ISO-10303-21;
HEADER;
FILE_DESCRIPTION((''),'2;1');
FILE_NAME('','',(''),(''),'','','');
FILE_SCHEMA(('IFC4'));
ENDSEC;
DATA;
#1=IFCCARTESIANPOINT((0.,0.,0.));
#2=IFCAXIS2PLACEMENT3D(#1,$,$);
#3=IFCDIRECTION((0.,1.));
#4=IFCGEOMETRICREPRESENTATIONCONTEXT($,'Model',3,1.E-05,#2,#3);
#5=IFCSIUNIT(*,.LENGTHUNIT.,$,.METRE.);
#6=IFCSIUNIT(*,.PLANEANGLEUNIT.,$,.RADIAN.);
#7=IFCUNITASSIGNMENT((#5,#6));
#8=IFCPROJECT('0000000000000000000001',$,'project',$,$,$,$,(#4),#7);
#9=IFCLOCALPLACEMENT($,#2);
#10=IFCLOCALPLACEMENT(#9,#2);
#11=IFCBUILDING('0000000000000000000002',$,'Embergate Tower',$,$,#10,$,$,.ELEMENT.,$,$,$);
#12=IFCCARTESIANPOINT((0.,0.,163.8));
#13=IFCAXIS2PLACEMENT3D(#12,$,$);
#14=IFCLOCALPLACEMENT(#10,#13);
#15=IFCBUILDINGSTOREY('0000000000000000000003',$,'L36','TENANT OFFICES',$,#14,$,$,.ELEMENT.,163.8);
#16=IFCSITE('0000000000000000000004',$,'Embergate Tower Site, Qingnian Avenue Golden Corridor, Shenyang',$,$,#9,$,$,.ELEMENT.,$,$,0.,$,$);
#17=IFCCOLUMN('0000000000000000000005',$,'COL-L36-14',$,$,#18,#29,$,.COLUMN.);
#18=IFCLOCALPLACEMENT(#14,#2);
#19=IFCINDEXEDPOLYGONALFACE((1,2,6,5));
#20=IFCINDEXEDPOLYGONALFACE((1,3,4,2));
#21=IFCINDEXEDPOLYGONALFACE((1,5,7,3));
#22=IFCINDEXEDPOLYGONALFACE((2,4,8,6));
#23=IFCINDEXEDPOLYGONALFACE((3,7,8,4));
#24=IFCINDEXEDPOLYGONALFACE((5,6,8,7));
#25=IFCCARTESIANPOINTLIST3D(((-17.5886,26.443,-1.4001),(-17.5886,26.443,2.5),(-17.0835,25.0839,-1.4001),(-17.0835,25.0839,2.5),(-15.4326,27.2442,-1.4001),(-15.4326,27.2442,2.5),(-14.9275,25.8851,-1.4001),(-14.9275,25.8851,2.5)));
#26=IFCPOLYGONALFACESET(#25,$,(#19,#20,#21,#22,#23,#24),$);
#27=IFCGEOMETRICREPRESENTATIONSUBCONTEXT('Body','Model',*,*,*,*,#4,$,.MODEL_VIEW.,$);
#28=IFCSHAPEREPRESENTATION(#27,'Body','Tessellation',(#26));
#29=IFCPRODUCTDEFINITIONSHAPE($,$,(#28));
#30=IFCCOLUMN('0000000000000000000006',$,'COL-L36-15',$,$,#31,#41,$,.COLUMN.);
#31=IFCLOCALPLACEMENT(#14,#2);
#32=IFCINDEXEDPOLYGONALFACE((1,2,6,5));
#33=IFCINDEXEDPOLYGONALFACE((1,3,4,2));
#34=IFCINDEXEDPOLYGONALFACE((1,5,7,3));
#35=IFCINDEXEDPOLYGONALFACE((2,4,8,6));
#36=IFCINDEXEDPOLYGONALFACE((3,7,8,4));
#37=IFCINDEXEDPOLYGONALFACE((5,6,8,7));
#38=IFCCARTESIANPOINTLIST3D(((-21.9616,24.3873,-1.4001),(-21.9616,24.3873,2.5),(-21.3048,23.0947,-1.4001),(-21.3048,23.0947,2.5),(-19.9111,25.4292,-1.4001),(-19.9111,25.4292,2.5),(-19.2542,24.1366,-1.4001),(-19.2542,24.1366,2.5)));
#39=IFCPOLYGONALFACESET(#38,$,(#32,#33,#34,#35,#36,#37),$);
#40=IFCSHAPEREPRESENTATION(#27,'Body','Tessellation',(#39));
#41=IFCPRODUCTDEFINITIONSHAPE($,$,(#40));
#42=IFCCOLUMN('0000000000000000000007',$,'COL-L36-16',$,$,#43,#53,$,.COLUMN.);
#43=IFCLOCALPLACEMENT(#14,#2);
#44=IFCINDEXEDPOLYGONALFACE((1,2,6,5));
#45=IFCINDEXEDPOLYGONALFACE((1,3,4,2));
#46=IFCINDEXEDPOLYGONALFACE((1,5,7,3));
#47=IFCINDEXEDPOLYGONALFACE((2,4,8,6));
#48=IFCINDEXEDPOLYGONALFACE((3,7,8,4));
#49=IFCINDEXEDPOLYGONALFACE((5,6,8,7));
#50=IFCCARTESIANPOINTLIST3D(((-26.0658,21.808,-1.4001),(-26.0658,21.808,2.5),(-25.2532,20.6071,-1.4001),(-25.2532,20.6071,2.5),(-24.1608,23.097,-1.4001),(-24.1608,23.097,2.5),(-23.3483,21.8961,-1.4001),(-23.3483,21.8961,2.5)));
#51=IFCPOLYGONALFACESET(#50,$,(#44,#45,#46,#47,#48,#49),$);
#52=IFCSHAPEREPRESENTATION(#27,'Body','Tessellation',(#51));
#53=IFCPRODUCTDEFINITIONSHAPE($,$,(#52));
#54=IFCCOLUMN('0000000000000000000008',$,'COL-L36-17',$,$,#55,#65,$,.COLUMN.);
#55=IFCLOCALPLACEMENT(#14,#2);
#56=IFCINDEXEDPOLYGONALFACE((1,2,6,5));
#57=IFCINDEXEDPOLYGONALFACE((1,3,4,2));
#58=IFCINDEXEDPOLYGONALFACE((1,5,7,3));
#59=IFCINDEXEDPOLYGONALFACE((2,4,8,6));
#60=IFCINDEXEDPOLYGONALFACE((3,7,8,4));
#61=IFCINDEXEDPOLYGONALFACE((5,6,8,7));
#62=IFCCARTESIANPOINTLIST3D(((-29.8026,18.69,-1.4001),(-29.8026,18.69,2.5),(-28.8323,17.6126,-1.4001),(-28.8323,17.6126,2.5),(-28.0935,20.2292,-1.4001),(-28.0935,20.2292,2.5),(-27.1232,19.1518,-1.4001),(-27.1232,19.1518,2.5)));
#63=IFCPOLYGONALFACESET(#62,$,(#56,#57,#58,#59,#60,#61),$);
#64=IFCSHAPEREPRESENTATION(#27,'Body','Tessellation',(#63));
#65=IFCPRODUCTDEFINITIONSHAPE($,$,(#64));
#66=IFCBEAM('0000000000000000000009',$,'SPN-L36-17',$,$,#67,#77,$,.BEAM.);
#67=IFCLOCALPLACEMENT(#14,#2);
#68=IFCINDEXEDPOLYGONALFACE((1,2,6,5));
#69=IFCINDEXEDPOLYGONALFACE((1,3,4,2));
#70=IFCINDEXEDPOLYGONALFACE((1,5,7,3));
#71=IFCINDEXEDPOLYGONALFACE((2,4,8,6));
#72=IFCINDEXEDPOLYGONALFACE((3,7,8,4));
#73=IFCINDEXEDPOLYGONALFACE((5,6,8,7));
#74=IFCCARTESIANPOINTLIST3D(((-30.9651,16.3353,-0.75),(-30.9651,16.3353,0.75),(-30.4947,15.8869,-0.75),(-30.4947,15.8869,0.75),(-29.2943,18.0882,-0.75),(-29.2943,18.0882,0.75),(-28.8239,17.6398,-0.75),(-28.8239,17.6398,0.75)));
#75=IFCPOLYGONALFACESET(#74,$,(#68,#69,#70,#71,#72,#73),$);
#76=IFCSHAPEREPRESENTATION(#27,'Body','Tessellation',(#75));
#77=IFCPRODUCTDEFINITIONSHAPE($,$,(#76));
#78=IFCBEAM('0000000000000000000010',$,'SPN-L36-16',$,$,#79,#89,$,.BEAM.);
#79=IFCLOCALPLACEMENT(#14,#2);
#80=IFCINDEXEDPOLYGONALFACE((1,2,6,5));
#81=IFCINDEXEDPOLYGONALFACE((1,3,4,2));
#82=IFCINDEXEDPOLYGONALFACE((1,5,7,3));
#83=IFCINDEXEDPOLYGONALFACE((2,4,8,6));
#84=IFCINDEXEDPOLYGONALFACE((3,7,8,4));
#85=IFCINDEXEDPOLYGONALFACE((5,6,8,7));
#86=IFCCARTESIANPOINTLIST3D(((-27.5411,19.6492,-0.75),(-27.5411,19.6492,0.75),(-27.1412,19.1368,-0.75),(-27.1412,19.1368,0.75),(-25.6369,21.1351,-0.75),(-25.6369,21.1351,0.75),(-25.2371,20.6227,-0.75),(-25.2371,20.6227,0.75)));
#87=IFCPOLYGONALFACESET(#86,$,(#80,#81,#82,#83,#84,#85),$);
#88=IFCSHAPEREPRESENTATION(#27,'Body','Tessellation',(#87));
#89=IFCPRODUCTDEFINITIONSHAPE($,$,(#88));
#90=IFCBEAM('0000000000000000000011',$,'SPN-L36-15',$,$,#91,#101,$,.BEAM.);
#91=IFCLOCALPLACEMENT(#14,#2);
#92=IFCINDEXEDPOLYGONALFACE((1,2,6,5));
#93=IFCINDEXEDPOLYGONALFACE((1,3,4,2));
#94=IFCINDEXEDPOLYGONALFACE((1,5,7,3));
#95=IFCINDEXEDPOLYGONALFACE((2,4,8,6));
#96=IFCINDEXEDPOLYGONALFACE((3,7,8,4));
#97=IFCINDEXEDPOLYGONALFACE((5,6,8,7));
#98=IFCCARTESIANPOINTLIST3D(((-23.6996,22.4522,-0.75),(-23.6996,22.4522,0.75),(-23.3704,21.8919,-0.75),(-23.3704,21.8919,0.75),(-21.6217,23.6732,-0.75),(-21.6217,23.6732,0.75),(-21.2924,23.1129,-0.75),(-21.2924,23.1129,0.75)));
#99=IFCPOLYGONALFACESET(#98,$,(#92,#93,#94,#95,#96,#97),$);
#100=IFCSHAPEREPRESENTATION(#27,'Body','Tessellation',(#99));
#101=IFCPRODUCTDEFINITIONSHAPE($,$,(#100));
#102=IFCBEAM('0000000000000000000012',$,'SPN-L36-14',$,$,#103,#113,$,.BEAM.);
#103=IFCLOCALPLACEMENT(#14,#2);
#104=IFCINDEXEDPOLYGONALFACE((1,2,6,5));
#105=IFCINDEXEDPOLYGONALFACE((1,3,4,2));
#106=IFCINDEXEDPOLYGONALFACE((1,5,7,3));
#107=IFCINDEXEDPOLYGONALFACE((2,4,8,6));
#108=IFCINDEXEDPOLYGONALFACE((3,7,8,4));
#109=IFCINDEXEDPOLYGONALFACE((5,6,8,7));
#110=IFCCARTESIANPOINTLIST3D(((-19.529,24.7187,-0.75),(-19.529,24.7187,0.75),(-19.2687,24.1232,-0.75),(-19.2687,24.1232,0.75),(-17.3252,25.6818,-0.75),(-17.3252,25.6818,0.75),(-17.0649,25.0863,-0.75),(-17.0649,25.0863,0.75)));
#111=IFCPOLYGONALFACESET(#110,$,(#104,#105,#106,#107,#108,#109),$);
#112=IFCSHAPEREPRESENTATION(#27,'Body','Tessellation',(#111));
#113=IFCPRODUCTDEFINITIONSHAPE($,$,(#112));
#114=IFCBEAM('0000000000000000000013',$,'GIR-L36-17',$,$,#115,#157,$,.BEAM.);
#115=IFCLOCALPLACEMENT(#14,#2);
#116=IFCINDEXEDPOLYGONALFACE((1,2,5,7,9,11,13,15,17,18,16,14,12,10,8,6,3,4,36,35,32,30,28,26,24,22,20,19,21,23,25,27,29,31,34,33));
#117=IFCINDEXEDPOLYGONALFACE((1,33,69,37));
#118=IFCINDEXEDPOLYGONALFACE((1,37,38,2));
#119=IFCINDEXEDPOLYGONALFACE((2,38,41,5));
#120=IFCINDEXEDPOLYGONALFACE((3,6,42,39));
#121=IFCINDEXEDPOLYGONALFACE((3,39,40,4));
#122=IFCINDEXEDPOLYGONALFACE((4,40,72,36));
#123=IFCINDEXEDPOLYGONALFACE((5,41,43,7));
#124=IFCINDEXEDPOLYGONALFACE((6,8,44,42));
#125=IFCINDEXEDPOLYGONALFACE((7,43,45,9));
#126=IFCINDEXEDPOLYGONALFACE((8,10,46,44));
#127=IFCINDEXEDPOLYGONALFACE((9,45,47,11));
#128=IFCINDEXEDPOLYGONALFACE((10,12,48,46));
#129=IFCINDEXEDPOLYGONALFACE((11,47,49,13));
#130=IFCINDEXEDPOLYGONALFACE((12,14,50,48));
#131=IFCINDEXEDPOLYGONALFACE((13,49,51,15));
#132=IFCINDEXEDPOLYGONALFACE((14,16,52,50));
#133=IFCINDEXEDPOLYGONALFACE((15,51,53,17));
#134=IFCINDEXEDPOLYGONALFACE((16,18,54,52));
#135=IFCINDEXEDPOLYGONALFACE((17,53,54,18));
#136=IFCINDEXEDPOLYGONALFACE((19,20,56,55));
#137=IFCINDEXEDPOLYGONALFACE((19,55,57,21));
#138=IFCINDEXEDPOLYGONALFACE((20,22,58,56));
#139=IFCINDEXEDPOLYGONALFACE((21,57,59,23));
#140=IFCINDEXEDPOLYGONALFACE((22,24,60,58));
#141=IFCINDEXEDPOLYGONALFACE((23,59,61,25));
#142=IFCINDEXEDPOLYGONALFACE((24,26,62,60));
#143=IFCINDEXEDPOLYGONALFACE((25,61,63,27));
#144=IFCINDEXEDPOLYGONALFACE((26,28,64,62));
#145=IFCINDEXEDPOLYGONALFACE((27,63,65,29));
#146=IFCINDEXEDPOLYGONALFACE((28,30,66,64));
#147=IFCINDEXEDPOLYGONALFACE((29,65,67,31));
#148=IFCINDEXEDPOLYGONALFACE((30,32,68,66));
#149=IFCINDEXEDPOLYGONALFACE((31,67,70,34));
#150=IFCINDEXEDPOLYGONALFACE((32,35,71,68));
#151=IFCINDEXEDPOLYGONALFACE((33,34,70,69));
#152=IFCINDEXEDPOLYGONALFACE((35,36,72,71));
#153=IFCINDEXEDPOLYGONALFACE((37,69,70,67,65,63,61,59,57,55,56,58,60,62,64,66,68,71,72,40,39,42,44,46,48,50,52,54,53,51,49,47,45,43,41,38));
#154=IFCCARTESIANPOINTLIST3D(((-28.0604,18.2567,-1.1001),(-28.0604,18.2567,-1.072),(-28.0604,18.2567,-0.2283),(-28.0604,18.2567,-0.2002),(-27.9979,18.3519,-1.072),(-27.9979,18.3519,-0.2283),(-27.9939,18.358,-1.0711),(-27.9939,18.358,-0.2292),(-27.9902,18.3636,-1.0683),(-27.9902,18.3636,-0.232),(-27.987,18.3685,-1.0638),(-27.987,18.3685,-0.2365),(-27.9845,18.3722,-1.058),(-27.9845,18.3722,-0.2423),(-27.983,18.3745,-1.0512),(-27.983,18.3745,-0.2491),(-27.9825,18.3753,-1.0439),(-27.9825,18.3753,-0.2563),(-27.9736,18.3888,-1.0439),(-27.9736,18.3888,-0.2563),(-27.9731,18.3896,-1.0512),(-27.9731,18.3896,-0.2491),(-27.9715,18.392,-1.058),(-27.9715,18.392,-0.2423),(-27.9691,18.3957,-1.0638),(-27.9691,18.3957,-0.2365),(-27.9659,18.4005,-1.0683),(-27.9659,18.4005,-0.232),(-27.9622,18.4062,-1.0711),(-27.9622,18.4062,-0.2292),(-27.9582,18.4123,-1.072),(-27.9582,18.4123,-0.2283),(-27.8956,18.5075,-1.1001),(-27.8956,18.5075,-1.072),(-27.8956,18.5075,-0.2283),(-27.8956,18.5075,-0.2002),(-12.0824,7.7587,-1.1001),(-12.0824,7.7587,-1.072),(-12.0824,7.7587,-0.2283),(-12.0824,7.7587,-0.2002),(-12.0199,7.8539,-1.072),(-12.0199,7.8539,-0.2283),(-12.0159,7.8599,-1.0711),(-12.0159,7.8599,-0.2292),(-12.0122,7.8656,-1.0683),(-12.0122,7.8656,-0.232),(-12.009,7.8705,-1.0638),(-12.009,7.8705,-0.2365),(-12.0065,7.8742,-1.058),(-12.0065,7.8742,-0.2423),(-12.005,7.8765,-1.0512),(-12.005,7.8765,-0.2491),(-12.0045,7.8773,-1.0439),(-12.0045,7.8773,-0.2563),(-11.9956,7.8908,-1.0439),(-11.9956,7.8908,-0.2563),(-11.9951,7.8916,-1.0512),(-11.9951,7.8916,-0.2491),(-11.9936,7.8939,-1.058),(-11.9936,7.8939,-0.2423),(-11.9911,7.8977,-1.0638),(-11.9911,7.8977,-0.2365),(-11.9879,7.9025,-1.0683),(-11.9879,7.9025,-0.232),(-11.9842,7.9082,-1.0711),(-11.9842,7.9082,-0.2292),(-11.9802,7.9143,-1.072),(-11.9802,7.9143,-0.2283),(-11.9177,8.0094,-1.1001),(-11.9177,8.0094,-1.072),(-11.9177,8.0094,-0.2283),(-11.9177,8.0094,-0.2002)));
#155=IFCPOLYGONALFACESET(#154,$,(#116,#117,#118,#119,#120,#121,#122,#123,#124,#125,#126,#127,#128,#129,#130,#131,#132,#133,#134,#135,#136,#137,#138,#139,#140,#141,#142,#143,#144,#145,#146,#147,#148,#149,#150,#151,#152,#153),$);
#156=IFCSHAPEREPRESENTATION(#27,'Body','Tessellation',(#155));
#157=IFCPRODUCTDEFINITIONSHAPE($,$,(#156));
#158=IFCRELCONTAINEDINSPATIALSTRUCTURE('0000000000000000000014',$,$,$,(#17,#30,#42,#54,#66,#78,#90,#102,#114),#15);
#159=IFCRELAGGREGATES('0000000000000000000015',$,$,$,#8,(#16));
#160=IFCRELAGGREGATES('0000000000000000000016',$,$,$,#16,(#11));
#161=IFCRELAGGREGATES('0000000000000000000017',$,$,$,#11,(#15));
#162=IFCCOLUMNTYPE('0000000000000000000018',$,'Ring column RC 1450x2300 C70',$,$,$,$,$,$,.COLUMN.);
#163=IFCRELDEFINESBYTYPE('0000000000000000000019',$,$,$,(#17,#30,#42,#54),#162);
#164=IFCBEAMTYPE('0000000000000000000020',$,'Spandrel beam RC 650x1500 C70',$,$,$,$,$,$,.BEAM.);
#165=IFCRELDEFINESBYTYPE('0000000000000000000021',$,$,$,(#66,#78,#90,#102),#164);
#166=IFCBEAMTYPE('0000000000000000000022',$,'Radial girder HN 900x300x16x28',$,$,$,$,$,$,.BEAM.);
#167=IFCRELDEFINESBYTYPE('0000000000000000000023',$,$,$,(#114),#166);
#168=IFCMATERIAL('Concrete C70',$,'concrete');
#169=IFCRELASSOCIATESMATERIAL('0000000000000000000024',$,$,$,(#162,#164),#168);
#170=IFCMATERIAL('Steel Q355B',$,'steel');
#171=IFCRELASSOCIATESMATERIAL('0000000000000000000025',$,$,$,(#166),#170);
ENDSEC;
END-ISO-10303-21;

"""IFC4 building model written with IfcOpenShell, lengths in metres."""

from ifc_helpers import new_model, si_unit, direction, frame, origin, origin_2d, place, context, subcontext, project, spatial, rectangle, i_section, extrude, source, transform, mapped, material, material_profile, profile_set, type_object, element, save


model = new_model("IFC4")

# Units and contexts
model_context = context("Model", 3, precision=1e-05, world=origin(), true_north=direction((0.0, 1.0)))
body_context = subcontext(model_context, "Body", "Model", "MODEL_VIEW")
ifc_project = project(units=[si_unit("LENGTHUNIT", "METRE"), si_unit("PLANEANGLEUNIT", "RADIAN")], contexts=[model_context])

# Site, building, storey
site_placement = place(None, origin())
site = spatial("IfcSite", under=ifc_project, at=site_placement, Name="Embergate Tower Site, Qingnian Avenue Golden Corridor, Shenyang", CompositionType="ELEMENT", RefElevation=0.0)
building_placement = place(site_placement, origin())
building = spatial("IfcBuilding", under=site, at=building_placement, Name="Embergate Tower", CompositionType="ELEMENT")
storey_placement = place(building_placement, frame((0.0, 0.0, 163.8)))
storey = spatial("IfcBuildingStorey", under=building, at=storey_placement, Name="L36", Description="TENANT OFFICES", CompositionType="ELEMENT", Elevation=163.8)

# Columns
ifc_material_1 = material(Name="Concrete C70", Category="concrete")
ifc_material_profile_1 = material_profile(ifc_material_1, rectangle(XDim=1.45, YDim=2.3, at=origin_2d()), Name="RC 1450x2300")
ifc_profile_set_1 = profile_set([ifc_material_profile_1], Name="Concrete C70")
column_type = type_object("IfcColumnType", Name="Ring column RC 1450x2300 C70", PredefinedType="COLUMN", material=ifc_profile_set_1)
shared_shape_1 = source(origin(), body_context, "Body", "SweptSolid", [
    extrude(rectangle(XDim=1.45, YDim=2.3, at=origin_2d()), origin(), (0.0, 0.0, 1.0), 3.9001),
])
for number, where, z_axis, x_axis, name in (
    (1, (-16.2581, 26.1641, -1.4001), (0.0, 0.0, 1.0), (-0.348343, 0.937367, 0.0), "COL-L36-14"),
    (2, (-20.6079, 24.262, -1.4001), (0.0, 0.0, 1.0), (-0.452995, 0.891513, 0.0), "COL-L36-15"),
    (3, (-24.707, 21.8521, -1.4001), (0.0, 0.0, 1.0), (-0.560393, 0.828227, 0.0), "COL-L36-16"),
    (4, (-28.4629, 18.9209, -1.4001), (0.0, 0.0, 1.0), (-0.669208, 0.743075, 0.0), "COL-L36-17"),
):
    element("IfcColumn", number, at=place(storey_placement, frame(where, z_axis=z_axis, x_axis=x_axis)), inside=storey, type_object=column_type, Name=name, PredefinedType="COLUMN", context=body_context, shape_type="MappedRepresentation", body=[
        mapped(shared_shape_1, transform((0.0, 0.0, 0.0))),
    ])

# Beams
ifc_material_profile_2 = material_profile(ifc_material_1, rectangle(XDim=0.6499, YDim=1.5, at=origin_2d()), Name="RC 650x1500")
ifc_profile_set_2 = profile_set([ifc_material_profile_2], Name="Concrete C70")
beam_type_1 = type_object("IfcBeamType", Name="Spandrel beam RC 650x1500 C70", PredefinedType="BEAM", material=ifc_profile_set_2)
shared_shape_2 = source(origin(), body_context, "Body", "SweptSolid", [
    extrude(rectangle(XDim=0.6499, YDim=1.5, at=origin_2d()), origin(), (0.0, 0.0, 1.0), 2.4216),
])
beam_1_placement = place(storey_placement, frame((-29.0591, 17.864, 0.0), z_axis=(-0.689967, -0.723841, 0.0), x_axis=(0.723841, -0.689967, 0.0)))
element("IfcBeam", 5, at=beam_1_placement, inside=storey, type_object=beam_type_1, Name="SPN-L36-17", PredefinedType="BEAM", context=body_context, shape_type="MappedRepresentation", body=[
    mapped(shared_shape_2, transform((0.0, 0.0, 0.0))),
])
shared_shape_3 = source(origin(), body_context, "Body", "SweptSolid", [
    extrude(rectangle(XDim=0.6499, YDim=1.5, at=origin_2d()), origin(), (0.0, 0.0, 1.0), 2.4153),
])
beam_2_placement = place(storey_placement, frame((-25.437, 20.8789, 0.0), z_axis=(-0.788366, -0.615207, 0.0), x_axis=(0.615207, -0.788366, 0.0)))
element("IfcBeam", 6, at=beam_2_placement, inside=storey, type_object=beam_type_1, Name="SPN-L36-16", PredefinedType="BEAM", context=body_context, shape_type="MappedRepresentation", body=[
    mapped(shared_shape_3, transform((0.0, 0.0, 0.0))),
])
shared_shape_4 = source(origin(), body_context, "Body", "SweptSolid", [
    extrude(rectangle(XDim=0.6499, YDim=1.5, at=origin_2d()), origin(), (0.0, 0.0, 1.0), 2.4102),
])
beam_3_placement = place(storey_placement, frame((-21.457, 23.3931, 0.0), z_axis=(-0.862176, -0.506608, 0.0), x_axis=(0.506608, -0.862176, 0.0)))
element("IfcBeam", 7, at=beam_3_placement, inside=storey, type_object=beam_type_1, Name="SPN-L36-15", PredefinedType="BEAM", context=body_context, shape_type="MappedRepresentation", body=[
    mapped(shared_shape_4, transform((0.0, 0.0, 0.0))),
])
shared_shape_5 = source(origin(), body_context, "Body", "SweptSolid", [
    extrude(rectangle(XDim=0.6499, YDim=1.5, at=origin_2d()), origin(), (0.0, 0.0, 1.0), 2.405),
])
beam_4_placement = place(storey_placement, frame((-17.1951, 25.384, 0.0), z_axis=(-0.916318, -0.400451, 0.0), x_axis=(0.400451, -0.916318, 0.0)))
element("IfcBeam", 8, at=beam_4_placement, inside=storey, type_object=beam_type_1, Name="SPN-L36-14", PredefinedType="BEAM", context=body_context, shape_type="MappedRepresentation", body=[
    mapped(shared_shape_5, transform((0.0, 0.0, 0.0))),
])
ifc_material_2 = material(Name="Steel Q355B", Category="steel")
ifc_material_profile_3 = material_profile(ifc_material_2, i_section(OverallWidth=0.3, OverallDepth=0.8999, WebThickness=0.0161, FlangeThickness=0.0281, FilletRadius=0.0281, at=origin_2d()), Name="HN 900x300x16x28")
ifc_profile_set_3 = profile_set([ifc_material_profile_3], Name="Steel Q355 grade B")
beam_type_2 = type_object("IfcBeamType", Name="Radial girder HN 900x300x16x28", PredefinedType="BEAM", material=ifc_profile_set_3)
shared_shape_6 = source(origin(), body_context, "Body", "SweptSolid", [
    extrude(i_section(OverallWidth=0.3, OverallDepth=0.8999, WebThickness=0.0161, FlangeThickness=0.0281, FilletRadius=0.0281, at=origin_2d()), origin(), (0.0, 0.0, 1.0), 19.1182),
])
beam_5_placement = place(storey_placement, frame((-27.978, 18.3821, -0.6501), z_axis=(0.835749, -0.549112, 0.0), x_axis=(0.549112, 0.835749, 0.0)))
element("IfcBeam", 9, at=beam_5_placement, inside=storey, type_object=beam_type_2, Name="GIR-L36-17", PredefinedType="BEAM", context=body_context, shape_type="MappedRepresentation", body=[
    mapped(shared_shape_6, transform((0.0, 0.0, 0.0))),
])

save(model, "model.ifc")
